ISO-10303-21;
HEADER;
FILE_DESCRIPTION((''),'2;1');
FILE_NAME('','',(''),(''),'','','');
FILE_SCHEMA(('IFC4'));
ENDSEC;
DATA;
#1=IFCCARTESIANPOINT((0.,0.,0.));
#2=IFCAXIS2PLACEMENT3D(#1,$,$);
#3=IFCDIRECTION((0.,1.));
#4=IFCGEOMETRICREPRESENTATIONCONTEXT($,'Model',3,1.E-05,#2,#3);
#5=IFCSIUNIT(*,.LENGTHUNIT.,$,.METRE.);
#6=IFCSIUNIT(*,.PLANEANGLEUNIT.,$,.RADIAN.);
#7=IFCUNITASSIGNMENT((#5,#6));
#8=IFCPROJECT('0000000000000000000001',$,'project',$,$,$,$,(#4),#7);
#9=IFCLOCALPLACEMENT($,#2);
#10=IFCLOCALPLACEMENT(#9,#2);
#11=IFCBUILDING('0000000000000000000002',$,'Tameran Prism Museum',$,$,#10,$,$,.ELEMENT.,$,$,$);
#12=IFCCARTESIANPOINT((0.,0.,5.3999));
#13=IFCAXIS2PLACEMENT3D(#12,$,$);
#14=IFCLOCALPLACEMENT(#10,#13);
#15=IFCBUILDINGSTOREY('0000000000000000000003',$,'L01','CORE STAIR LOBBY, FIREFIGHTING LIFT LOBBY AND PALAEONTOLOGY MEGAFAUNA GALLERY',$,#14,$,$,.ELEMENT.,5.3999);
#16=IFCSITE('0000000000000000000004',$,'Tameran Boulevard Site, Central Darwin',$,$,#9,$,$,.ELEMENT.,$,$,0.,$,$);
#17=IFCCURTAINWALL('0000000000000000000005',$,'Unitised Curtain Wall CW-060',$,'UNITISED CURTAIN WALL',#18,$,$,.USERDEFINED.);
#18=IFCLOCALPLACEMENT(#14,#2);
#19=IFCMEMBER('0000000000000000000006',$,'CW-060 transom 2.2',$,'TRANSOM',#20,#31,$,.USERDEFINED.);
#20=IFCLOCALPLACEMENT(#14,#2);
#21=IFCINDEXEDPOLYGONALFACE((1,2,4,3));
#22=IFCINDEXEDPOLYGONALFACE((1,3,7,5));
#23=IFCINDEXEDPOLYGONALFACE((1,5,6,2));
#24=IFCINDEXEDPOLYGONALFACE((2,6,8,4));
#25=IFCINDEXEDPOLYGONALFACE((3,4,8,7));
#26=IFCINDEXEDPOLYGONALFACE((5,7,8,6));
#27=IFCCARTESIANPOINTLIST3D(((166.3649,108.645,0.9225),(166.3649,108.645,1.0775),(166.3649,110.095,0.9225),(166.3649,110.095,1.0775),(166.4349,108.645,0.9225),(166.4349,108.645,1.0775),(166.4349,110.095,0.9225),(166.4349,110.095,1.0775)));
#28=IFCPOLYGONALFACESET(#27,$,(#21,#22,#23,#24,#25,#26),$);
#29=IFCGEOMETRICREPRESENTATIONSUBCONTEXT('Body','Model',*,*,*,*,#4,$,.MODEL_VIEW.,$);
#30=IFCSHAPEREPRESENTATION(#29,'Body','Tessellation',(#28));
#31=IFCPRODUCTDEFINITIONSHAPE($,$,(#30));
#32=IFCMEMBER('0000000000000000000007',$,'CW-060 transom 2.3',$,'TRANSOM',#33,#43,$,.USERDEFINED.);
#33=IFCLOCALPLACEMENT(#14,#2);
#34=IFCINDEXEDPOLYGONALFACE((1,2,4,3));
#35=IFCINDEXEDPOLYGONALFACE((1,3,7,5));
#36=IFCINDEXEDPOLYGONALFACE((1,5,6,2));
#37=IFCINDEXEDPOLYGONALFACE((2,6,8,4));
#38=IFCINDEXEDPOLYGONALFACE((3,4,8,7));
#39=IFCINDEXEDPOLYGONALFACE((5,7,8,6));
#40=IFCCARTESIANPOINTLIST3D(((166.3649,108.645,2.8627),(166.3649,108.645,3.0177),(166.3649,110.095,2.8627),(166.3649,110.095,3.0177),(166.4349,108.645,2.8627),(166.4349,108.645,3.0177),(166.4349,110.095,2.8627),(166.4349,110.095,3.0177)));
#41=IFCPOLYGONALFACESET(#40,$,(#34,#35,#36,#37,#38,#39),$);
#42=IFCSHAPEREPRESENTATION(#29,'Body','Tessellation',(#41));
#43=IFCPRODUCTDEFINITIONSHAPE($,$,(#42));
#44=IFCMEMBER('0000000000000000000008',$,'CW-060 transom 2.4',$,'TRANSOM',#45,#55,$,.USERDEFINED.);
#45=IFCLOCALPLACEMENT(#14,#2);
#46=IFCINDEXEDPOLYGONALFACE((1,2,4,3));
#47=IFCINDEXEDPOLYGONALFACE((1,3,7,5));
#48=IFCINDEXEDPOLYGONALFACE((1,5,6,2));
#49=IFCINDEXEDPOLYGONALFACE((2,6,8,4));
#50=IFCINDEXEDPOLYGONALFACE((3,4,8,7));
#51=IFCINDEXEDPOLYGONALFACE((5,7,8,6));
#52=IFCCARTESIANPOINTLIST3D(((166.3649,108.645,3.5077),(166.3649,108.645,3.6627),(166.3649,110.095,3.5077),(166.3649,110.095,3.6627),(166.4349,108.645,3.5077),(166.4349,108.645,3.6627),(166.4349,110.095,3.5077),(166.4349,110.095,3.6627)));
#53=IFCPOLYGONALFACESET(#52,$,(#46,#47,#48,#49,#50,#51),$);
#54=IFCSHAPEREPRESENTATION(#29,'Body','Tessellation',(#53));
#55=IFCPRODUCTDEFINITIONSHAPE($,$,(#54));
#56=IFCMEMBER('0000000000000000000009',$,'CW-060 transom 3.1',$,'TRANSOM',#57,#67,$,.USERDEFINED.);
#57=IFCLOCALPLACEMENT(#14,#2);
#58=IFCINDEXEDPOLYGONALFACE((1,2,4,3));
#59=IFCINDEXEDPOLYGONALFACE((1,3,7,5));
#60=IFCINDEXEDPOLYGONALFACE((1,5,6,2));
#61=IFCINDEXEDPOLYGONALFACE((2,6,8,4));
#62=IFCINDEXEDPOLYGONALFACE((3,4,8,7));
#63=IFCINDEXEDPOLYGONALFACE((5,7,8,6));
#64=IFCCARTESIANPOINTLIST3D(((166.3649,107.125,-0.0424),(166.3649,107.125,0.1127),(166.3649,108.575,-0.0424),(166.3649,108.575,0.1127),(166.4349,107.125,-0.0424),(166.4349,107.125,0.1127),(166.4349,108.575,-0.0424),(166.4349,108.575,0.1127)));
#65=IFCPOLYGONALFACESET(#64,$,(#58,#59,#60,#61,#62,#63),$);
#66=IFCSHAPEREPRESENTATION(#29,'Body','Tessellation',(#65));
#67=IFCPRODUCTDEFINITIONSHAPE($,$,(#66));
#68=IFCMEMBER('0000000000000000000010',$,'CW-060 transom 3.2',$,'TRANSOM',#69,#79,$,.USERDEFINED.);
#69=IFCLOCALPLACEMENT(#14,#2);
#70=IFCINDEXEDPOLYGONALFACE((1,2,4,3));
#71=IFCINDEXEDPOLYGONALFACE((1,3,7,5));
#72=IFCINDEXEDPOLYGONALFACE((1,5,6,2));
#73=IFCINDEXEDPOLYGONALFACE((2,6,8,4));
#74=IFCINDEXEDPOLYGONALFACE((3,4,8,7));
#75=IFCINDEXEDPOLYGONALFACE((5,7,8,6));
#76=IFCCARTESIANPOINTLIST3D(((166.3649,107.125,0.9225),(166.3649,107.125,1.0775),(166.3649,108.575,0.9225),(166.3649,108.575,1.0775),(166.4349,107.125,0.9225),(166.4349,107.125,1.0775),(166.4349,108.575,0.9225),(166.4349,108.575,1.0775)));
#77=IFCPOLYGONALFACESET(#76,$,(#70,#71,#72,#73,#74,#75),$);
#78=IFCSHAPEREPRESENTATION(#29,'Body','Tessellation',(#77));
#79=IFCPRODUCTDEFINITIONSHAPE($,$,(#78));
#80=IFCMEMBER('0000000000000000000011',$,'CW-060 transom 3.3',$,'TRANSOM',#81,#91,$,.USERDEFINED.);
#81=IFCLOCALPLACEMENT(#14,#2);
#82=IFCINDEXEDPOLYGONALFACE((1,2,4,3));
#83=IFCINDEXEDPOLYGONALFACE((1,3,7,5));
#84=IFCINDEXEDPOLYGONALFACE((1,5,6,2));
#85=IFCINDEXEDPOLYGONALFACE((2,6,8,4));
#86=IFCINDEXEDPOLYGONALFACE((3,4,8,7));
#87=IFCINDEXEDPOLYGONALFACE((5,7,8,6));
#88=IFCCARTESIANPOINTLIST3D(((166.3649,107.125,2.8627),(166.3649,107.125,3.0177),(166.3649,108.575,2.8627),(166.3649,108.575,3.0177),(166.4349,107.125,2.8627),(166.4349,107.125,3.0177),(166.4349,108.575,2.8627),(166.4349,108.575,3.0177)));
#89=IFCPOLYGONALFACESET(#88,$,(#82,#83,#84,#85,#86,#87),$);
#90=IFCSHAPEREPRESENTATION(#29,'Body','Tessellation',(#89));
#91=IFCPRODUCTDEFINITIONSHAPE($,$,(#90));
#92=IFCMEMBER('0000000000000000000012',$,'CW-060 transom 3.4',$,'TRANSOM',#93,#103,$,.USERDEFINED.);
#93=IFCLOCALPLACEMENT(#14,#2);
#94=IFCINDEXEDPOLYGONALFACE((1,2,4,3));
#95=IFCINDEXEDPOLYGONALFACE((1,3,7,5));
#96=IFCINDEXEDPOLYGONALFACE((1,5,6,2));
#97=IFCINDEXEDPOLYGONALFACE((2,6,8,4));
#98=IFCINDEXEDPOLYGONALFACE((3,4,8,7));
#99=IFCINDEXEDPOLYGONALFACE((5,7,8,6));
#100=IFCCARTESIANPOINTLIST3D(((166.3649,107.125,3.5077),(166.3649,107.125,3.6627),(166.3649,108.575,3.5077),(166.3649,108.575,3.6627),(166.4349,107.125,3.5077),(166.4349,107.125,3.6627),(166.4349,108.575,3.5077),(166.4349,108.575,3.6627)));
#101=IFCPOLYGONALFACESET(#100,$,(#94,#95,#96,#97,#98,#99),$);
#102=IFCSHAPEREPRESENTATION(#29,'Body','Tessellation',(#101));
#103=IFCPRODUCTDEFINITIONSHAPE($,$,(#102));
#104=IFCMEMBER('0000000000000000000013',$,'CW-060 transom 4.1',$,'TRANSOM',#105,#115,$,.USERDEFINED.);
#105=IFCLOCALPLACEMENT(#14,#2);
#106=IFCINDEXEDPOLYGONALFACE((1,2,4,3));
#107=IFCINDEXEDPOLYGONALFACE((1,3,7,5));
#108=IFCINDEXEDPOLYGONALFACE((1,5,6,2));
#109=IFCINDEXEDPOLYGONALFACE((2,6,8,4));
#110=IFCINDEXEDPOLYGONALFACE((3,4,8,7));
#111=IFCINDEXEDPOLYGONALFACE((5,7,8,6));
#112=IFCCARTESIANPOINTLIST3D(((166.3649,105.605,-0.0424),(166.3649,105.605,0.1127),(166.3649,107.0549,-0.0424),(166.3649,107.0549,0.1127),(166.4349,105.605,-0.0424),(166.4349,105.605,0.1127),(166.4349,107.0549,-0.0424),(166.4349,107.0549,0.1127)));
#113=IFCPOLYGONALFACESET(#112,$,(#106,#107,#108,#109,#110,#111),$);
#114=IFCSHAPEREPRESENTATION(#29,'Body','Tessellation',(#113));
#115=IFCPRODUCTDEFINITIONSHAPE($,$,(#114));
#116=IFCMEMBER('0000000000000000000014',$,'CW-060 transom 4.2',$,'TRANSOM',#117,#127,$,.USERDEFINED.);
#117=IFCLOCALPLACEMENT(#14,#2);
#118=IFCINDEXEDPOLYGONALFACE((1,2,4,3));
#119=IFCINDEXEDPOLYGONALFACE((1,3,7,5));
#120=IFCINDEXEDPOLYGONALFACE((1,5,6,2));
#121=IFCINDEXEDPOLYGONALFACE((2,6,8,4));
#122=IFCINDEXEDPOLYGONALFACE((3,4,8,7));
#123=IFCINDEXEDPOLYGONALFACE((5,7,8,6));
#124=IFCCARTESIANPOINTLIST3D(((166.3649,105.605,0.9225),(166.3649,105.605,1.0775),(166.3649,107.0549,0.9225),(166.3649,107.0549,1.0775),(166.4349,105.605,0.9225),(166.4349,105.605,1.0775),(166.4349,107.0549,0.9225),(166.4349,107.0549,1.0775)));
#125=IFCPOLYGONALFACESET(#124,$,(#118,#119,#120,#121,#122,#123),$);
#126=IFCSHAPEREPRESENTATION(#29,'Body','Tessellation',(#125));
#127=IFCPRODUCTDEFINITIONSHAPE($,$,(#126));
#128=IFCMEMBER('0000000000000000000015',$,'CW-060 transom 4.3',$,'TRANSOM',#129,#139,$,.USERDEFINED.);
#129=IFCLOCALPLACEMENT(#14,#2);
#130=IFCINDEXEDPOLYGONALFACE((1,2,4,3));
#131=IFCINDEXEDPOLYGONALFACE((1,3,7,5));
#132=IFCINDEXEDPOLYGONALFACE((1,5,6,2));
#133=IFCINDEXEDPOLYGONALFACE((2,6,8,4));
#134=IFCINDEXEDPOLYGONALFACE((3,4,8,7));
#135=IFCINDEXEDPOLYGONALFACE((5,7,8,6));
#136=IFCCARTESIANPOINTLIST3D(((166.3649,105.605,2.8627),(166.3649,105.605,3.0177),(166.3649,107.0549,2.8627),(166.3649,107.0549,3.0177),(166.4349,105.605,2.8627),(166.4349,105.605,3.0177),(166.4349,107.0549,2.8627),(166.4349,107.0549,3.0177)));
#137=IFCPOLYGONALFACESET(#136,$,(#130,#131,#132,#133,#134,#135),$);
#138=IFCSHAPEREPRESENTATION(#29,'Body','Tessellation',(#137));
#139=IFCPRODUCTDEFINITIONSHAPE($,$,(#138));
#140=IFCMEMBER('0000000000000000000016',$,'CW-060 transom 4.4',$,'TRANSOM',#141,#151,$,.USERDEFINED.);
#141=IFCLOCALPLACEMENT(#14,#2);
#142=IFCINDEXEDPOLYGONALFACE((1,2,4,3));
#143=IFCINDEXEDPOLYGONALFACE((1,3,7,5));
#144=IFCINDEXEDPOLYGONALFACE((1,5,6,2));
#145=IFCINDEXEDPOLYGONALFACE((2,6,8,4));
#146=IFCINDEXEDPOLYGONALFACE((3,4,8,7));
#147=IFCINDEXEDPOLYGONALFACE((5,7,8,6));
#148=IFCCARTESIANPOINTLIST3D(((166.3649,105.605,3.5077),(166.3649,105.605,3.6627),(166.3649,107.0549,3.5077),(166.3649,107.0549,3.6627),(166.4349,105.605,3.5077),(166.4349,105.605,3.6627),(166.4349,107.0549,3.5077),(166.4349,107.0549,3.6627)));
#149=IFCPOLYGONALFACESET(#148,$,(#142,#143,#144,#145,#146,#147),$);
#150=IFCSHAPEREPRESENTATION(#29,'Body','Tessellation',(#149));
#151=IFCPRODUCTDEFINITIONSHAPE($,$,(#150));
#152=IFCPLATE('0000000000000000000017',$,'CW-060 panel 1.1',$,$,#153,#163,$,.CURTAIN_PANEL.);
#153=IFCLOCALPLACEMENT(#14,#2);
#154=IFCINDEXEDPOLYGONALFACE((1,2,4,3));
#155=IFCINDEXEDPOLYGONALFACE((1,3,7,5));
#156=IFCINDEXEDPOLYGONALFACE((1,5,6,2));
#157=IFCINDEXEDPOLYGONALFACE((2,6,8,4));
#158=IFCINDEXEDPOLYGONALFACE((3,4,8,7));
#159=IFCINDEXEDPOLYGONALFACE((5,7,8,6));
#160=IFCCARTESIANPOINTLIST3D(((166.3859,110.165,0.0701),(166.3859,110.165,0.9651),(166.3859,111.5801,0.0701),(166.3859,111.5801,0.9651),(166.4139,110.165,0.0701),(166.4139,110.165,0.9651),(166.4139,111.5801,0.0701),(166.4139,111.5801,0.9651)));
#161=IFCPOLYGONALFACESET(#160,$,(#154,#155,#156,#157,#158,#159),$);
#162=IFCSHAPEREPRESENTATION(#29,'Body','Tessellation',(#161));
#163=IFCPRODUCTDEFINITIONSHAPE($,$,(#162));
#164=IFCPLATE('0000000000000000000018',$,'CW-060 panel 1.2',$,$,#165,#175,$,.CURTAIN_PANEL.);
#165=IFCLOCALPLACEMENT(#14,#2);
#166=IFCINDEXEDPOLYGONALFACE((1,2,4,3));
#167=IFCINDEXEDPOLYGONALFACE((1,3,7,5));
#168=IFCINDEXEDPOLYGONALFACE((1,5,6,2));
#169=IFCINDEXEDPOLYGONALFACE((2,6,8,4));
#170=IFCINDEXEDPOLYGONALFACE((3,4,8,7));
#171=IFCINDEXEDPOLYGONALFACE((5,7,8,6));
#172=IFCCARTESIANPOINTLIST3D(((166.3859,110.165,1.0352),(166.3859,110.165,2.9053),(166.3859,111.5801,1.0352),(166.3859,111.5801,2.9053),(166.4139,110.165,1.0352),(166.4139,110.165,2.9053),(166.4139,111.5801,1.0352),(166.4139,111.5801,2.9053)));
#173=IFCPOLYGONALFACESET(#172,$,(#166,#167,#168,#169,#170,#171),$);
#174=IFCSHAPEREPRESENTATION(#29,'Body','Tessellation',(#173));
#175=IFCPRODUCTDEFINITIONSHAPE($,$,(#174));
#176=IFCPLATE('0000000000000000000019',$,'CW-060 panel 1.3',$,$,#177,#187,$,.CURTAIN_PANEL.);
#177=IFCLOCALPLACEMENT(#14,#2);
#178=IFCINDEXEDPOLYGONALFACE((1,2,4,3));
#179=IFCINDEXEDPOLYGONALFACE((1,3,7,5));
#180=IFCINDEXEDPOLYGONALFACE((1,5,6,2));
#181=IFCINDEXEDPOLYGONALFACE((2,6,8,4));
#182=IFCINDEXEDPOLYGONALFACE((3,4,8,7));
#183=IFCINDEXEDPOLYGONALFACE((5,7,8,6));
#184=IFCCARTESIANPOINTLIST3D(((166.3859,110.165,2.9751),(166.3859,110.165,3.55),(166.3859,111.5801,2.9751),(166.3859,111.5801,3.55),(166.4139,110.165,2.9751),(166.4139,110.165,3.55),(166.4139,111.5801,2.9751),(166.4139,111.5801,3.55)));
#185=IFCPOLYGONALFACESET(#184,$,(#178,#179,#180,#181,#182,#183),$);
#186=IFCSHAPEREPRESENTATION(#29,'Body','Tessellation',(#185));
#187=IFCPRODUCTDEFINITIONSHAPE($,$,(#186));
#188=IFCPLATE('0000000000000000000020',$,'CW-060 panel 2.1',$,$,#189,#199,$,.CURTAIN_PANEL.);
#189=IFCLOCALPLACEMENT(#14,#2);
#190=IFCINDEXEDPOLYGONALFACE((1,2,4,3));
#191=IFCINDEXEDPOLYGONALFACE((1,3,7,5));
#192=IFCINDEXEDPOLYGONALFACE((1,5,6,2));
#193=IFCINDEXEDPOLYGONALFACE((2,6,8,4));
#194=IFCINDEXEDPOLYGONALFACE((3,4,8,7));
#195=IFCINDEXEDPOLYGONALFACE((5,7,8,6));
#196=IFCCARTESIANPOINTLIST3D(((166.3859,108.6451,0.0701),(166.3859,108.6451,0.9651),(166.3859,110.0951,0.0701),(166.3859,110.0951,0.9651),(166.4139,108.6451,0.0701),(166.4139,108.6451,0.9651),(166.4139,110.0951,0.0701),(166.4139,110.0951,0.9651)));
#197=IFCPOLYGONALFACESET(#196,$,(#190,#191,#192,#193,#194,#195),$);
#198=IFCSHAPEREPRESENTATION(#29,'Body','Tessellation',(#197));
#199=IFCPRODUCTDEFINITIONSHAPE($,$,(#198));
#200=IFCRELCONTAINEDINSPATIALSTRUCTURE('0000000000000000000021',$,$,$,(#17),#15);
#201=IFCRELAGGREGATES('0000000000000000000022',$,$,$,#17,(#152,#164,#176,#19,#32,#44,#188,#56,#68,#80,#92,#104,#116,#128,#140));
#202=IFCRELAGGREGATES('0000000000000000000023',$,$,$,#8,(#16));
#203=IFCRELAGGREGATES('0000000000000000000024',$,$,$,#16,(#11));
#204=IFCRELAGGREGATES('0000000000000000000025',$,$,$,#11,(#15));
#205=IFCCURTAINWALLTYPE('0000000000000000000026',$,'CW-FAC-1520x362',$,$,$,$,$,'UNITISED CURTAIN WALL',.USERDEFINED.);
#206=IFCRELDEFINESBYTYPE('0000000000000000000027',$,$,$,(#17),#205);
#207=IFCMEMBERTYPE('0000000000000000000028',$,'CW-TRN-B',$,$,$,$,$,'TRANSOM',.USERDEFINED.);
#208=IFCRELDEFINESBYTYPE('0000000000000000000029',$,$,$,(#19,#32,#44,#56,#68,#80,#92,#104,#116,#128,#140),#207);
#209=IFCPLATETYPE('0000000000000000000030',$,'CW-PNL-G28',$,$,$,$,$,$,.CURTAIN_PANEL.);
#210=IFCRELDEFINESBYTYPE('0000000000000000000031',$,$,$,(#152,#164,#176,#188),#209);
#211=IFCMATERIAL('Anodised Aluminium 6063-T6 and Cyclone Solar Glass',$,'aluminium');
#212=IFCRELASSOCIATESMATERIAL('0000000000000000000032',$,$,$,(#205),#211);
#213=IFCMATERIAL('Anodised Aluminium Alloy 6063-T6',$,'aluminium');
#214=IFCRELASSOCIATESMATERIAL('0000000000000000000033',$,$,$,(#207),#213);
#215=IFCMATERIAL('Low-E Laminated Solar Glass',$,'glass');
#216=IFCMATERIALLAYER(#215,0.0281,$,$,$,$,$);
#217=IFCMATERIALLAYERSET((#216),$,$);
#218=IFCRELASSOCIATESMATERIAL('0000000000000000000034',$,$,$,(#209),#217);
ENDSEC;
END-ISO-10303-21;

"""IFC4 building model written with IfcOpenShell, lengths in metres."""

from ifc_helpers import new_model, si_unit, direction, frame, origin, origin_2d, place, context, subcontext, project, spatial, rectangle, extrude, material, layer, layer_set, material_profile, profile_set, type_object, element, aggregate, save


model = new_model("IFC4")

# Units and contexts
model_context = context("Model", 3, precision=1e-05, world=origin(), true_north=direction((0.0, 1.0)))
body_context = subcontext(model_context, "Body", "Model", "MODEL_VIEW")
ifc_project = project(units=[si_unit("LENGTHUNIT", "METRE"), si_unit("PLANEANGLEUNIT", "RADIAN")], contexts=[model_context])

# Site, building, storey
site_placement = place(None, origin())
site = spatial("IfcSite", under=ifc_project, at=site_placement, Name="Tameran Boulevard Site, Central Darwin", CompositionType="ELEMENT", RefElevation=0.0)
building_placement = place(site_placement, origin())
building = spatial("IfcBuilding", under=site, at=building_placement, Name="Tameran Prism Museum", CompositionType="ELEMENT")
storey_placement = place(building_placement, frame((0.0, 0.0, 5.3999)))
storey = spatial("IfcBuildingStorey", under=building, at=storey_placement, Name="L01", Description="CORE STAIR LOBBY, FIREFIGHTING LIFT LOBBY AND PALAEONTOLOGY MEGAFAUNA GALLERY", CompositionType="ELEMENT", Elevation=5.3999)

# Curtain wall, members, plates
ifc_material_1 = material(Name="Anodised Aluminium 6063-T6 and Cyclone Solar Glass", Category="aluminium")
curtain_wall_type = type_object("IfcCurtainWallType", Name="CW-FAC-1520x362", ElementType="UNITISED CURTAIN WALL", PredefinedType="USERDEFINED", material=ifc_material_1)
curtain_wall_placement = place(storey_placement, origin())
curtain_wall = element("IfcCurtainWall", 1, at=curtain_wall_placement, inside=storey, type_object=curtain_wall_type, Name="Unitised Curtain Wall CW-060", ObjectType="UNITISED CURTAIN WALL", PredefinedType="USERDEFINED")
ifc_material_2 = material(Name="Anodised Aluminium Alloy 6063-T6", Category="aluminium")
ifc_material_profile_1 = material_profile(ifc_material_2, rectangle(XDim=0.0701, YDim=0.155, at=origin_2d()))
ifc_profile_set_1 = profile_set([ifc_material_profile_1])
member_type_1 = type_object("IfcMemberType", Name="CW-TRN-B", ElementType="TRANSOM", PredefinedType="USERDEFINED", material=ifc_profile_set_1)
member_1_placement = place(storey_placement, frame((166.3999, 110.095, 1.0), z_axis=(0.0, -1.0, 0.0), x_axis=(1.0, 0.0, 0.0)))
member_1 = element("IfcMember", 2, at=member_1_placement, type_object=member_type_1, Name="CW-060 transom 2.2", ObjectType="TRANSOM", PredefinedType="USERDEFINED", context=body_context, shape_type="SweptSolid", body=[
    extrude(rectangle(XDim=0.0701, YDim=0.155, at=origin_2d()), origin(), (0.0, 0.0, 1.0), 1.45),
])
member_2_placement = place(storey_placement, frame((166.3999, 110.095, 2.9402), z_axis=(0.0, -1.0, 0.0), x_axis=(1.0, 0.0, 0.0)))
member_2 = element("IfcMember", 3, at=member_2_placement, type_object=member_type_1, Name="CW-060 transom 2.3", ObjectType="TRANSOM", PredefinedType="USERDEFINED", context=body_context, shape_type="SweptSolid", body=[
    extrude(rectangle(XDim=0.0701, YDim=0.155, at=origin_2d()), origin(), (0.0, 0.0, 1.0), 1.45),
])
member_3_placement = place(storey_placement, frame((166.3999, 110.095, 3.5852), z_axis=(0.0, -1.0, 0.0), x_axis=(1.0, 0.0, 0.0)))
member_3 = element("IfcMember", 4, at=member_3_placement, type_object=member_type_1, Name="CW-060 transom 2.4", ObjectType="TRANSOM", PredefinedType="USERDEFINED", context=body_context, shape_type="SweptSolid", body=[
    extrude(rectangle(XDim=0.0701, YDim=0.155, at=origin_2d()), origin(), (0.0, 0.0, 1.0), 1.45),
])
member_4_placement = place(storey_placement, frame((166.3999, 108.575, 0.0352), z_axis=(0.0, -1.0, 0.0), x_axis=(1.0, 0.0, 0.0)))
member_4 = element("IfcMember", 5, at=member_4_placement, type_object=member_type_1, Name="CW-060 transom 3.1", ObjectType="TRANSOM", PredefinedType="USERDEFINED", context=body_context, shape_type="SweptSolid", body=[
    extrude(rectangle(XDim=0.0701, YDim=0.155, at=origin_2d()), origin(), (0.0, 0.0, 1.0), 1.45),
])
member_5_placement = place(storey_placement, frame((166.3999, 108.575, 1.0), z_axis=(0.0, -1.0, 0.0), x_axis=(1.0, 0.0, 0.0)))
member_5 = element("IfcMember", 6, at=member_5_placement, type_object=member_type_1, Name="CW-060 transom 3.2", ObjectType="TRANSOM", PredefinedType="USERDEFINED", context=body_context, shape_type="SweptSolid", body=[
    extrude(rectangle(XDim=0.0701, YDim=0.155, at=origin_2d()), origin(), (0.0, 0.0, 1.0), 1.45),
])
member_6_placement = place(storey_placement, frame((166.3999, 108.575, 2.9402), z_axis=(0.0, -1.0, 0.0), x_axis=(1.0, 0.0, 0.0)))
member_6 = element("IfcMember", 7, at=member_6_placement, type_object=member_type_1, Name="CW-060 transom 3.3", ObjectType="TRANSOM", PredefinedType="USERDEFINED", context=body_context, shape_type="SweptSolid", body=[
    extrude(rectangle(XDim=0.0701, YDim=0.155, at=origin_2d()), origin(), (0.0, 0.0, 1.0), 1.45),
])
member_7_placement = place(storey_placement, frame((166.3999, 108.575, 3.5852), z_axis=(0.0, -1.0, 0.0), x_axis=(1.0, 0.0, 0.0)))
member_7 = element("IfcMember", 8, at=member_7_placement, type_object=member_type_1, Name="CW-060 transom 3.4", ObjectType="TRANSOM", PredefinedType="USERDEFINED", context=body_context, shape_type="SweptSolid", body=[
    extrude(rectangle(XDim=0.0701, YDim=0.155, at=origin_2d()), origin(), (0.0, 0.0, 1.0), 1.45),
])
member_8_placement = place(storey_placement, frame((166.3999, 107.0549, 0.0352), z_axis=(0.0, -1.0, 0.0), x_axis=(1.0, 0.0, 0.0)))
member_8 = element("IfcMember", 9, at=member_8_placement, type_object=member_type_1, Name="CW-060 transom 4.1", ObjectType="TRANSOM", PredefinedType="USERDEFINED", context=body_context, shape_type="SweptSolid", body=[
    extrude(rectangle(XDim=0.0701, YDim=0.155, at=origin_2d()), origin(), (0.0, 0.0, 1.0), 1.45),
])
member_9_placement = place(storey_placement, frame((166.3999, 107.0549, 1.0), z_axis=(0.0, -1.0, 0.0), x_axis=(1.0, 0.0, 0.0)))
member_9 = element("IfcMember", 10, at=member_9_placement, type_object=member_type_1, Name="CW-060 transom 4.2", ObjectType="TRANSOM", PredefinedType="USERDEFINED", context=body_context, shape_type="SweptSolid", body=[
    extrude(rectangle(XDim=0.0701, YDim=0.155, at=origin_2d()), origin(), (0.0, 0.0, 1.0), 1.45),
])
member_10_placement = place(storey_placement, frame((166.3999, 107.0549, 2.9402), z_axis=(0.0, -1.0, 0.0), x_axis=(1.0, 0.0, 0.0)))
member_10 = element("IfcMember", 11, at=member_10_placement, type_object=member_type_1, Name="CW-060 transom 4.3", ObjectType="TRANSOM", PredefinedType="USERDEFINED", context=body_context, shape_type="SweptSolid", body=[
    extrude(rectangle(XDim=0.0701, YDim=0.155, at=origin_2d()), origin(), (0.0, 0.0, 1.0), 1.45),
])
member_11_placement = place(storey_placement, frame((166.3999, 107.0549, 3.5852), z_axis=(0.0, -1.0, 0.0), x_axis=(1.0, 0.0, 0.0)))
member_11 = element("IfcMember", 12, at=member_11_placement, type_object=member_type_1, Name="CW-060 transom 4.4", ObjectType="TRANSOM", PredefinedType="USERDEFINED", context=body_context, shape_type="SweptSolid", body=[
    extrude(rectangle(XDim=0.0701, YDim=0.155, at=origin_2d()), origin(), (0.0, 0.0, 1.0), 1.45),
])
ifc_material_3 = material(Name="Low-E Laminated Solar Glass", Category="glass")
ifc_layer_1 = layer(ifc_material_3, 0.0281)
ifc_layer_set_1 = layer_set([ifc_layer_1])
plate_type = type_object("IfcPlateType", Name="CW-PNL-G28", PredefinedType="CURTAIN_PANEL", material=ifc_layer_set_1)
plate_1_placement = place(storey_placement, frame((166.3999, 110.8726, 0.0701), z_axis=(0.0, 0.0, 1.0), x_axis=(0.0, -1.0, 0.0)))
plate_1 = element("IfcPlate", 13, at=plate_1_placement, type_object=plate_type, Name="CW-060 panel 1.1", PredefinedType="CURTAIN_PANEL", context=body_context, shape_type="SweptSolid", body=[
    extrude(rectangle(XDim=1.415, YDim=0.0281, at=origin_2d()), origin(), (0.0, 0.0, 1.0), 0.895),
])
plate_2_placement = place(storey_placement, frame((166.3999, 110.8726, 1.0352), z_axis=(0.0, 0.0, 1.0), x_axis=(0.0, -1.0, 0.0)))
plate_2 = element("IfcPlate", 14, at=plate_2_placement, type_object=plate_type, Name="CW-060 panel 1.2", PredefinedType="CURTAIN_PANEL", context=body_context, shape_type="SweptSolid", body=[
    extrude(rectangle(XDim=1.415, YDim=0.0281, at=origin_2d()), origin(), (0.0, 0.0, 1.0), 1.8701),
])
plate_3_placement = place(storey_placement, frame((166.3999, 110.8726, 2.9751), z_axis=(0.0, 0.0, 1.0), x_axis=(0.0, -1.0, 0.0)))
plate_3 = element("IfcPlate", 15, at=plate_3_placement, type_object=plate_type, Name="CW-060 panel 1.3", PredefinedType="CURTAIN_PANEL", context=body_context, shape_type="SweptSolid", body=[
    extrude(rectangle(XDim=1.415, YDim=0.0281, at=origin_2d()), origin(), (0.0, 0.0, 1.0), 0.575),
])
plate_4_placement = place(storey_placement, frame((166.3999, 109.3701, 0.0701), z_axis=(0.0, 0.0, 1.0), x_axis=(0.0, -1.0, 0.0)))
plate_4 = element("IfcPlate", 16, at=plate_4_placement, type_object=plate_type, Name="CW-060 panel 2.1", PredefinedType="CURTAIN_PANEL", context=body_context, shape_type="SweptSolid", body=[
    extrude(rectangle(XDim=1.45, YDim=0.0281, at=origin_2d()), origin(), (0.0, 0.0, 1.0), 0.895),
])
aggregate(curtain_wall, [plate_1, plate_2, plate_3, member_1, member_2, member_3, plate_4, member_4, member_5, member_6, member_7, member_8, member_9, member_10, member_11])

save(model, "model.ifc")
